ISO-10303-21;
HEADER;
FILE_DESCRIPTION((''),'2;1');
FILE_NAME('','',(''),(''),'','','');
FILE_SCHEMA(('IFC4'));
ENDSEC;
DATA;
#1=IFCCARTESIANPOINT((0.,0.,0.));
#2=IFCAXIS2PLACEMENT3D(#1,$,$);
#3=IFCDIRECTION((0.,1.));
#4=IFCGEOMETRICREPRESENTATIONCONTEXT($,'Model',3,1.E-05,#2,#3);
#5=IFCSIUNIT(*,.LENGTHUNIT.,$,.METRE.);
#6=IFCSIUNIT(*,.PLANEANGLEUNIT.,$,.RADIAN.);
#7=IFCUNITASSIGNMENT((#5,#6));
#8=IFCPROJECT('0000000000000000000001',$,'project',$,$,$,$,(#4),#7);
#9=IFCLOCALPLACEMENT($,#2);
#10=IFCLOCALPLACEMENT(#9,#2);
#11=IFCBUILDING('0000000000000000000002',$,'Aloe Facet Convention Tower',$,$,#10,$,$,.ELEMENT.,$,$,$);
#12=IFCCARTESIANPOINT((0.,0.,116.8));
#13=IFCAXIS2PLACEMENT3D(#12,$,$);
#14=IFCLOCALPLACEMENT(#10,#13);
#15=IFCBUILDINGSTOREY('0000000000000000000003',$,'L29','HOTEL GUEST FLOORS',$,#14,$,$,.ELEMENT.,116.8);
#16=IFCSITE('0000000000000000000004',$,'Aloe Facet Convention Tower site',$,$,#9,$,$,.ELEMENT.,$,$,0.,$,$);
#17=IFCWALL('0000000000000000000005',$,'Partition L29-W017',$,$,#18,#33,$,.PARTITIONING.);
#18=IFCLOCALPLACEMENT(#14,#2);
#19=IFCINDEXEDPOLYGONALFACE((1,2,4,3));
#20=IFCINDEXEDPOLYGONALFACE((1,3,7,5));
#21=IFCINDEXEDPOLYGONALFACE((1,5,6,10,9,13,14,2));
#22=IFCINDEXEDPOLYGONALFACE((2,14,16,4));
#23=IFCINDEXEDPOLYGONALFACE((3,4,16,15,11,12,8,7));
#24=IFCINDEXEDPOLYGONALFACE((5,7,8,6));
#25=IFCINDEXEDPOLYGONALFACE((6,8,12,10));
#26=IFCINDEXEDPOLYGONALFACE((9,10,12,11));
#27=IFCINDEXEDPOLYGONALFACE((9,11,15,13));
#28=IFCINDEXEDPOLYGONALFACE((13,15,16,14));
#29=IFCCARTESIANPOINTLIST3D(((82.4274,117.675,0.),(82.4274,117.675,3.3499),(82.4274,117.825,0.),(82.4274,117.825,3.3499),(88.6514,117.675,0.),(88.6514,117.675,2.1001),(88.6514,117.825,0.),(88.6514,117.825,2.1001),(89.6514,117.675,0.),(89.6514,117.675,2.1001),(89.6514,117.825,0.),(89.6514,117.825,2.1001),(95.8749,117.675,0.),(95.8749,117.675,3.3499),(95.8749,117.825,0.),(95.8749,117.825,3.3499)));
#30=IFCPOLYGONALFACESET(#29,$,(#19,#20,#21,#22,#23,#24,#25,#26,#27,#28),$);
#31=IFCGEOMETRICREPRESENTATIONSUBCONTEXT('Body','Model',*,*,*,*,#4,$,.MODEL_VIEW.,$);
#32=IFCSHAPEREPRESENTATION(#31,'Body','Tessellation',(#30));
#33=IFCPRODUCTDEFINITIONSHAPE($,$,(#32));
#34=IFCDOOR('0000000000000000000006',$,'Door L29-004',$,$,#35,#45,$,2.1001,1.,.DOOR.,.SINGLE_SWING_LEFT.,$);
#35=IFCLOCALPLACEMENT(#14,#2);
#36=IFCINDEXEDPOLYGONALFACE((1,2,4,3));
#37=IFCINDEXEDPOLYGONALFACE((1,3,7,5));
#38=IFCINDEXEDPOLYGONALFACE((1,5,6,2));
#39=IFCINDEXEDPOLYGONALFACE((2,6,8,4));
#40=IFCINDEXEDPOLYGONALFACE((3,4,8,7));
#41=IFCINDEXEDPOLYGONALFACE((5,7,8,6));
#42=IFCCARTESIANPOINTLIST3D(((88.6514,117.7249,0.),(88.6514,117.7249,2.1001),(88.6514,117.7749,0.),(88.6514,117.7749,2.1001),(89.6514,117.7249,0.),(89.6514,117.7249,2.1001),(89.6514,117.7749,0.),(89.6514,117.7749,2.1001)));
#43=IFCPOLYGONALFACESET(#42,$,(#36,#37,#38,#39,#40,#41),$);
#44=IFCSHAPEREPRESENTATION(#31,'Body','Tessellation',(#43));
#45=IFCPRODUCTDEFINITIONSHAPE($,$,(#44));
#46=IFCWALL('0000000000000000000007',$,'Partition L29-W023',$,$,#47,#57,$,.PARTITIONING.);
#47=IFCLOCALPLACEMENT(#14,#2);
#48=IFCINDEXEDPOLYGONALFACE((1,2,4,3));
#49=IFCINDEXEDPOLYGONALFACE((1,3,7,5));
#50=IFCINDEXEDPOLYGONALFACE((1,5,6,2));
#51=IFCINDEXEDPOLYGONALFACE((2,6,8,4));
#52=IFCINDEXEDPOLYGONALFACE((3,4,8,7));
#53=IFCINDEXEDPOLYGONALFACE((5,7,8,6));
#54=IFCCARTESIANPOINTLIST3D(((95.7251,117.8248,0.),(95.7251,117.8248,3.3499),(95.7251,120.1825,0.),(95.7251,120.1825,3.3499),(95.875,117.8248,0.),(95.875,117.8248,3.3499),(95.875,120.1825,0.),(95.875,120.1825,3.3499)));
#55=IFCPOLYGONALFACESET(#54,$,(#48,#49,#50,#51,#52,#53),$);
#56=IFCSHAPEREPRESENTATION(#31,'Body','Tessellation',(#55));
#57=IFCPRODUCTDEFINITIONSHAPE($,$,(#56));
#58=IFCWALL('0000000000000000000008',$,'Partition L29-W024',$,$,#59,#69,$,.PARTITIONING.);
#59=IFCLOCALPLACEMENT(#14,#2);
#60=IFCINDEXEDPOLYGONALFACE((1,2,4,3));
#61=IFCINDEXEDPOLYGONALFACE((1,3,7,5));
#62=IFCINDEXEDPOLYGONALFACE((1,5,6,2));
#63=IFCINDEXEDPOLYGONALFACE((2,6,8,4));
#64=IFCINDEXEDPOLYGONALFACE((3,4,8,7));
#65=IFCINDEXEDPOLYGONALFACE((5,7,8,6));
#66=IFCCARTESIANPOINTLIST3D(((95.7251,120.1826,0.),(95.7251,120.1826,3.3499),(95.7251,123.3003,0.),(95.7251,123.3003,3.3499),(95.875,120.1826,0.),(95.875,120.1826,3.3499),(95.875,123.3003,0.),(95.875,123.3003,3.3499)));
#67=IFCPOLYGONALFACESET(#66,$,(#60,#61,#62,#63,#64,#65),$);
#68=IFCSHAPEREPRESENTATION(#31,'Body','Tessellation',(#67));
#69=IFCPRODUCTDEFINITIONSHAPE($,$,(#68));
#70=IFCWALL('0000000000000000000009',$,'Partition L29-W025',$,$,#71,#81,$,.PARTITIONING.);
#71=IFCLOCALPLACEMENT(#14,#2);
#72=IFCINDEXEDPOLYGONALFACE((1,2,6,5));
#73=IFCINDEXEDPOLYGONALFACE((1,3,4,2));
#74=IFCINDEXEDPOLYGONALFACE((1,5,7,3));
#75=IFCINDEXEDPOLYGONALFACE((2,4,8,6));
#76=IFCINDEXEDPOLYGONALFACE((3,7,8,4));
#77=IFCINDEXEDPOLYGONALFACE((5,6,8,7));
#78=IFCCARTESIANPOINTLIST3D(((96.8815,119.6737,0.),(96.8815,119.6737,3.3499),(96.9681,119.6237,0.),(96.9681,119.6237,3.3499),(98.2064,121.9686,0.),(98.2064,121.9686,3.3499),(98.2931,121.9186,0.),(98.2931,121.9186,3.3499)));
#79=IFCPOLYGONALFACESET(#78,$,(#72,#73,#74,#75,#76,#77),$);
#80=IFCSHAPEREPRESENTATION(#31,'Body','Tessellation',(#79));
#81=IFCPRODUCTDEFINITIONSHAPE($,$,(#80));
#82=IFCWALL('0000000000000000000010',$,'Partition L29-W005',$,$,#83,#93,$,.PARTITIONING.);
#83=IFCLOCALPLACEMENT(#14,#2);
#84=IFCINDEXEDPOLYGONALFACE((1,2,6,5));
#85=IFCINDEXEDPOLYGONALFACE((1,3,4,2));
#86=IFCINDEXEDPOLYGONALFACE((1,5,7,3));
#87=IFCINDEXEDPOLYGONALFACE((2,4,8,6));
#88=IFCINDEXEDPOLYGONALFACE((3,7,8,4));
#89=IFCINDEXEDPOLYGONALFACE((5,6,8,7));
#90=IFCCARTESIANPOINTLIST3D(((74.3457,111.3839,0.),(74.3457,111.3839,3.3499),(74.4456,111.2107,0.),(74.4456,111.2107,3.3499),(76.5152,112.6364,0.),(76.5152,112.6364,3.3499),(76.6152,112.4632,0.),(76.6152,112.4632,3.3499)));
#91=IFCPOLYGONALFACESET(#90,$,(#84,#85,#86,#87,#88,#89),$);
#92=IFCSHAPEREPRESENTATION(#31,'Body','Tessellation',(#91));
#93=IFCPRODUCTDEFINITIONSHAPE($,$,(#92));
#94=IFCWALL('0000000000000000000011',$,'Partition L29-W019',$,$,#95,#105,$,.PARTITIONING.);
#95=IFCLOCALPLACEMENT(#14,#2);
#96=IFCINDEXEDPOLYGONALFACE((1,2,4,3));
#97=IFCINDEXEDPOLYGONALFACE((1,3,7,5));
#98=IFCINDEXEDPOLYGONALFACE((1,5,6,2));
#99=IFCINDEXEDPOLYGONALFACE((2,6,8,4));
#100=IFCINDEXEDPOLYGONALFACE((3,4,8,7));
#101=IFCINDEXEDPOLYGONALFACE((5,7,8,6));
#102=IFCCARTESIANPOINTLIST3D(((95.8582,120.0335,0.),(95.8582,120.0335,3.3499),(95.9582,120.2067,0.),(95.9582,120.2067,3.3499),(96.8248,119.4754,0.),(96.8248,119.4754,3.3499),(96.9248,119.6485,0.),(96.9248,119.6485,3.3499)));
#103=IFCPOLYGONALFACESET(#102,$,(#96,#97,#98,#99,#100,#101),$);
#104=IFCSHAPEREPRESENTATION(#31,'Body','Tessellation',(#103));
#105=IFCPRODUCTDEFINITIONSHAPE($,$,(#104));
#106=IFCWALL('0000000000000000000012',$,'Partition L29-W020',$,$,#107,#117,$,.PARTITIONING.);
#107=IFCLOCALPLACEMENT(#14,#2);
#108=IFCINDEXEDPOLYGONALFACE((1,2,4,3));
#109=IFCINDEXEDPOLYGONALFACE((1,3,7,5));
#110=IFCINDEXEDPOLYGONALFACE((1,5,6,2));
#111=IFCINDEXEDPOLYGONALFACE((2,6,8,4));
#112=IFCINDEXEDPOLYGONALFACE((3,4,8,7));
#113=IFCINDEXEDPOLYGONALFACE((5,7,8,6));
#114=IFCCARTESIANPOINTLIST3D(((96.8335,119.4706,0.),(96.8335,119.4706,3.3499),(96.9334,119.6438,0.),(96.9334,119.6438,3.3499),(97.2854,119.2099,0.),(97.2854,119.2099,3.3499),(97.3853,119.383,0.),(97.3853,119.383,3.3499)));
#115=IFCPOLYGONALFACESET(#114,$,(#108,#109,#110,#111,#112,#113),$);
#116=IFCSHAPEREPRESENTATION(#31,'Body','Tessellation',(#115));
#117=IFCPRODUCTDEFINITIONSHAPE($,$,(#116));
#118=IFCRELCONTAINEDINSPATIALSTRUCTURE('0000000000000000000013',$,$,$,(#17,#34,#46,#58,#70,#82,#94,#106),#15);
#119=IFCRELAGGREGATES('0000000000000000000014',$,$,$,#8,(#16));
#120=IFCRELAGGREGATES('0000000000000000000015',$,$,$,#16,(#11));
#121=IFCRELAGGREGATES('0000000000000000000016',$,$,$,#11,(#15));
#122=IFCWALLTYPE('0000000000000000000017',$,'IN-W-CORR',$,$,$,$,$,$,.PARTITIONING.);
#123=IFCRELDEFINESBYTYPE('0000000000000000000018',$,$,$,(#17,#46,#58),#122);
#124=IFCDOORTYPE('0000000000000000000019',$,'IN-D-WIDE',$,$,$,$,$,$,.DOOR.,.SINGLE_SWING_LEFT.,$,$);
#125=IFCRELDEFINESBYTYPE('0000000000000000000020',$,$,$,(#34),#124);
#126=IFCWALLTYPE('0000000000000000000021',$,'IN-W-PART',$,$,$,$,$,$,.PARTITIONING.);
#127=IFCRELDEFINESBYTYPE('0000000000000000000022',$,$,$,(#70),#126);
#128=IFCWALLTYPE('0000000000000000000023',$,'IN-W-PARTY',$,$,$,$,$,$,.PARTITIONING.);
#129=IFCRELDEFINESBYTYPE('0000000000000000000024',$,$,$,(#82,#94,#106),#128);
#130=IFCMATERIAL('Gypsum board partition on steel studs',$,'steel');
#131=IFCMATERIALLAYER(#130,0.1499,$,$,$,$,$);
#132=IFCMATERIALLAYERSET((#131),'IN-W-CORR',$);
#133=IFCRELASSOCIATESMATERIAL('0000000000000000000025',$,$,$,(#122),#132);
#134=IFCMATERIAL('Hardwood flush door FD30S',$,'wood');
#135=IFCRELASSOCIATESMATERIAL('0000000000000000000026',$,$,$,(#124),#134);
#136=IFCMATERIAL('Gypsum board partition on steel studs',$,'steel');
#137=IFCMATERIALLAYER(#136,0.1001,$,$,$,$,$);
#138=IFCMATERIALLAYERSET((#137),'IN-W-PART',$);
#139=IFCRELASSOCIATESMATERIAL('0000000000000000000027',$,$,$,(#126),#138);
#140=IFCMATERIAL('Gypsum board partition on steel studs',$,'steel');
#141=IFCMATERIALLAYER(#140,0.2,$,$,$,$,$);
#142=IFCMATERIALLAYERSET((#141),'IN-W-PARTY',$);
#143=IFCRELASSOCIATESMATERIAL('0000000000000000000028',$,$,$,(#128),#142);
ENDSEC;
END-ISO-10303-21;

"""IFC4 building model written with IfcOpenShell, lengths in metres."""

from ifc_helpers import new_model, si_unit, direction, frame, frame_2d, origin, place, context, subcontext, project, spatial, rectangle, extrude, material, layer, layer_set, type_object, element, fill, save


model = new_model("IFC4")

# Units and contexts
model_context = context("Model", 3, precision=1e-05, world=origin(), true_north=direction((0.0, 1.0)))
body_context = subcontext(model_context, "Body", "Model", "MODEL_VIEW")
ifc_project = project(units=[si_unit("LENGTHUNIT", "METRE"), si_unit("PLANEANGLEUNIT", "RADIAN")], contexts=[model_context])

# Site, building, storey
site_placement = place(None, origin())
site = spatial("IfcSite", under=ifc_project, at=site_placement, Name="Aloe Facet Convention Tower site", CompositionType="ELEMENT", RefElevation=0.0)
building_placement = place(site_placement, origin())
building = spatial("IfcBuilding", under=site, at=building_placement, Name="Aloe Facet Convention Tower", CompositionType="ELEMENT")
storey_placement = place(building_placement, frame((0.0, 0.0, 116.8)))
storey = spatial("IfcBuildingStorey", under=building, at=storey_placement, Name="L29", Description="HOTEL GUEST FLOORS", CompositionType="ELEMENT", Elevation=116.8)

# Shared definitions
ifc_material_1 = material(Name="Gypsum board partition on steel studs", Category="steel")
ifc_layer_1 = layer(ifc_material_1, 0.1499)
ifc_layer_set_1 = layer_set([ifc_layer_1], Name="IN-W-CORR")
wall_type_1 = type_object("IfcWallType", Name="IN-W-CORR", PredefinedType="PARTITIONING", material=ifc_layer_set_1)

# Wall, opening, door
wall_1_placement = place(storey_placement, frame((82.4275, 117.75, 0.0), z_axis=(0.0, 0.0, 1.0), x_axis=(1.0, 0.0, 0.0)))
wall_1 = element("IfcWall", 1, at=wall_1_placement, inside=storey, type_object=wall_type_1, Name="Partition L29-W017", PredefinedType="PARTITIONING", context=body_context, shape_type="SweptSolid", body=[
    extrude(rectangle(XDim=13.4475, YDim=0.1499, at=frame_2d((6.7236, 0.0))), origin(), (0.0, 0.0, 1.0), 3.3499),
])
opening_1_placement = place(wall_1_placement, frame((6.2239, 0.0, 0.0)))
opening_1 = element("IfcOpeningElement", 2, at=opening_1_placement, cuts=wall_1, PredefinedType="OPENING", context=body_context, shape_type="SweptSolid", body=[
    extrude(rectangle(XDim=1.0, YDim=2.1001, at=frame_2d((0.5, 1.05))), frame((0.0, 0.085, 0.0), z_axis=(0.0, -1.0, 0.0), x_axis=(1.0, 0.0, 0.0)), (0.0, 0.0, 1.0), 0.1699),
])
ifc_material_2 = material(Name="Hardwood flush door FD30S", Category="wood")
door_type_1 = type_object("IfcDoorType", Name="IN-D-WIDE", OperationType="SINGLE_SWING_LEFT", PredefinedType="DOOR", material=ifc_material_2)
door_1_placement = place(opening_1_placement, origin())
door_1 = element("IfcDoor", 3, at=door_1_placement, inside=storey, type_object=door_type_1, Name="Door L29-004", OperationType="SINGLE_SWING_LEFT", OverallHeight=2.1001, OverallWidth=1.0, PredefinedType="DOOR", context=body_context, shape_type="SweptSolid", body=[
    extrude(rectangle(XDim=1.0, YDim=2.1001, at=frame_2d((0.5, 1.05))), frame((0.0, 0.0249, 0.0), z_axis=(0.0, -1.0, 0.0), x_axis=(1.0, 0.0, 0.0)), (0.0, 0.0, 1.0), 0.05),
])
fill(opening_1, door_1)

# Walls
wall_2_placement = place(storey_placement, frame((95.8, 117.825, 0.0), z_axis=(0.0, 0.0, 1.0), x_axis=(0.0, 1.0, 0.0)))
element("IfcWall", 4, at=wall_2_placement, inside=storey, type_object=wall_type_1, Name="Partition L29-W023", PredefinedType="PARTITIONING", context=body_context, shape_type="SweptSolid", body=[
    extrude(rectangle(XDim=2.3577, YDim=0.1499, at=frame_2d((1.1787, 0.0))), origin(), (0.0, 0.0, 1.0), 3.3499),
])
wall_3_placement = place(storey_placement, frame((95.8, 120.1826, 0.0), z_axis=(0.0, 0.0, 1.0), x_axis=(0.0, 1.0, 0.0)))
element("IfcWall", 5, at=wall_3_placement, inside=storey, type_object=wall_type_1, Name="Partition L29-W024", PredefinedType="PARTITIONING", context=body_context, shape_type="SweptSolid", body=[
    extrude(rectangle(XDim=3.1177, YDim=0.1499, at=frame_2d((1.5588, 0.0))), origin(), (0.0, 0.0, 1.0), 3.3499),
])
ifc_material_3 = material(Name="Gypsum board partition on steel studs", Category="steel")
ifc_layer_2 = layer(ifc_material_3, 0.1001)
ifc_layer_set_2 = layer_set([ifc_layer_2], Name="IN-W-PART")
wall_type_2 = type_object("IfcWallType", Name="IN-W-PART", PredefinedType="PARTITIONING", material=ifc_layer_set_2)
wall_4_placement = place(storey_placement, frame((96.9248, 119.6487, 0.0), z_axis=(0.0, 0.0, 1.0), x_axis=(0.499994, 0.866029, 0.0)))
element("IfcWall", 6, at=wall_4_placement, inside=storey, type_object=wall_type_2, Name="Partition L29-W025", PredefinedType="PARTITIONING", context=body_context, shape_type="SweptSolid", body=[
    extrude(rectangle(XDim=2.6499, YDim=0.1001, at=frame_2d((1.325, 0.0))), origin(), (0.0, 0.0, 1.0), 3.3499),
])
ifc_material_4 = material(Name="Gypsum board partition on steel studs", Category="steel")
ifc_layer_3 = layer(ifc_material_4, 0.2)
ifc_layer_set_3 = layer_set([ifc_layer_3], Name="IN-W-PARTY")
wall_type_3 = type_object("IfcWallType", Name="IN-W-PARTY", PredefinedType="PARTITIONING", material=ifc_layer_set_3)
wall_5_placement = place(storey_placement, frame((74.3958, 111.2974, 0.0), z_axis=(0.0, 0.0, 1.0), x_axis=(0.86604, 0.499976, 0.0)))
element("IfcWall", 7, at=wall_5_placement, inside=storey, type_object=wall_type_3, Name="Partition L29-W005", PredefinedType="PARTITIONING", context=body_context, shape_type="SweptSolid", body=[
    extrude(rectangle(XDim=2.5051, YDim=0.2, at=frame_2d((1.2524, 0.0))), origin(), (0.0, 0.0, 1.0), 3.3499),
])
wall_6_placement = place(storey_placement, frame((95.9082, 120.1201, 0.0), z_axis=(0.0, 0.0, 1.0), x_axis=(0.866, -0.500044, 0.0)))
element("IfcWall", 8, at=wall_6_placement, inside=storey, type_object=wall_type_3, Name="Partition L29-W019", PredefinedType="PARTITIONING", context=body_context, shape_type="SweptSolid", body=[
    extrude(rectangle(XDim=1.1162, YDim=0.2, at=frame_2d((0.5581, 0.0))), origin(), (0.0, 0.0, 1.0), 3.3499),
])
wall_7_placement = place(storey_placement, frame((96.8835, 119.5571, 0.0), z_axis=(0.0, 0.0, 1.0), x_axis=(0.866162, -0.499763, 0.0)))
element("IfcWall", 9, at=wall_7_placement, inside=storey, type_object=wall_type_3, Name="Partition L29-W020", PredefinedType="PARTITIONING", context=body_context, shape_type="SweptSolid", body=[
    extrude(rectangle(XDim=0.5217, YDim=0.2, at=frame_2d((0.2607, 0.0))), origin(), (0.0, 0.0, 1.0), 3.3499),
])

save(model, "model.ifc")
